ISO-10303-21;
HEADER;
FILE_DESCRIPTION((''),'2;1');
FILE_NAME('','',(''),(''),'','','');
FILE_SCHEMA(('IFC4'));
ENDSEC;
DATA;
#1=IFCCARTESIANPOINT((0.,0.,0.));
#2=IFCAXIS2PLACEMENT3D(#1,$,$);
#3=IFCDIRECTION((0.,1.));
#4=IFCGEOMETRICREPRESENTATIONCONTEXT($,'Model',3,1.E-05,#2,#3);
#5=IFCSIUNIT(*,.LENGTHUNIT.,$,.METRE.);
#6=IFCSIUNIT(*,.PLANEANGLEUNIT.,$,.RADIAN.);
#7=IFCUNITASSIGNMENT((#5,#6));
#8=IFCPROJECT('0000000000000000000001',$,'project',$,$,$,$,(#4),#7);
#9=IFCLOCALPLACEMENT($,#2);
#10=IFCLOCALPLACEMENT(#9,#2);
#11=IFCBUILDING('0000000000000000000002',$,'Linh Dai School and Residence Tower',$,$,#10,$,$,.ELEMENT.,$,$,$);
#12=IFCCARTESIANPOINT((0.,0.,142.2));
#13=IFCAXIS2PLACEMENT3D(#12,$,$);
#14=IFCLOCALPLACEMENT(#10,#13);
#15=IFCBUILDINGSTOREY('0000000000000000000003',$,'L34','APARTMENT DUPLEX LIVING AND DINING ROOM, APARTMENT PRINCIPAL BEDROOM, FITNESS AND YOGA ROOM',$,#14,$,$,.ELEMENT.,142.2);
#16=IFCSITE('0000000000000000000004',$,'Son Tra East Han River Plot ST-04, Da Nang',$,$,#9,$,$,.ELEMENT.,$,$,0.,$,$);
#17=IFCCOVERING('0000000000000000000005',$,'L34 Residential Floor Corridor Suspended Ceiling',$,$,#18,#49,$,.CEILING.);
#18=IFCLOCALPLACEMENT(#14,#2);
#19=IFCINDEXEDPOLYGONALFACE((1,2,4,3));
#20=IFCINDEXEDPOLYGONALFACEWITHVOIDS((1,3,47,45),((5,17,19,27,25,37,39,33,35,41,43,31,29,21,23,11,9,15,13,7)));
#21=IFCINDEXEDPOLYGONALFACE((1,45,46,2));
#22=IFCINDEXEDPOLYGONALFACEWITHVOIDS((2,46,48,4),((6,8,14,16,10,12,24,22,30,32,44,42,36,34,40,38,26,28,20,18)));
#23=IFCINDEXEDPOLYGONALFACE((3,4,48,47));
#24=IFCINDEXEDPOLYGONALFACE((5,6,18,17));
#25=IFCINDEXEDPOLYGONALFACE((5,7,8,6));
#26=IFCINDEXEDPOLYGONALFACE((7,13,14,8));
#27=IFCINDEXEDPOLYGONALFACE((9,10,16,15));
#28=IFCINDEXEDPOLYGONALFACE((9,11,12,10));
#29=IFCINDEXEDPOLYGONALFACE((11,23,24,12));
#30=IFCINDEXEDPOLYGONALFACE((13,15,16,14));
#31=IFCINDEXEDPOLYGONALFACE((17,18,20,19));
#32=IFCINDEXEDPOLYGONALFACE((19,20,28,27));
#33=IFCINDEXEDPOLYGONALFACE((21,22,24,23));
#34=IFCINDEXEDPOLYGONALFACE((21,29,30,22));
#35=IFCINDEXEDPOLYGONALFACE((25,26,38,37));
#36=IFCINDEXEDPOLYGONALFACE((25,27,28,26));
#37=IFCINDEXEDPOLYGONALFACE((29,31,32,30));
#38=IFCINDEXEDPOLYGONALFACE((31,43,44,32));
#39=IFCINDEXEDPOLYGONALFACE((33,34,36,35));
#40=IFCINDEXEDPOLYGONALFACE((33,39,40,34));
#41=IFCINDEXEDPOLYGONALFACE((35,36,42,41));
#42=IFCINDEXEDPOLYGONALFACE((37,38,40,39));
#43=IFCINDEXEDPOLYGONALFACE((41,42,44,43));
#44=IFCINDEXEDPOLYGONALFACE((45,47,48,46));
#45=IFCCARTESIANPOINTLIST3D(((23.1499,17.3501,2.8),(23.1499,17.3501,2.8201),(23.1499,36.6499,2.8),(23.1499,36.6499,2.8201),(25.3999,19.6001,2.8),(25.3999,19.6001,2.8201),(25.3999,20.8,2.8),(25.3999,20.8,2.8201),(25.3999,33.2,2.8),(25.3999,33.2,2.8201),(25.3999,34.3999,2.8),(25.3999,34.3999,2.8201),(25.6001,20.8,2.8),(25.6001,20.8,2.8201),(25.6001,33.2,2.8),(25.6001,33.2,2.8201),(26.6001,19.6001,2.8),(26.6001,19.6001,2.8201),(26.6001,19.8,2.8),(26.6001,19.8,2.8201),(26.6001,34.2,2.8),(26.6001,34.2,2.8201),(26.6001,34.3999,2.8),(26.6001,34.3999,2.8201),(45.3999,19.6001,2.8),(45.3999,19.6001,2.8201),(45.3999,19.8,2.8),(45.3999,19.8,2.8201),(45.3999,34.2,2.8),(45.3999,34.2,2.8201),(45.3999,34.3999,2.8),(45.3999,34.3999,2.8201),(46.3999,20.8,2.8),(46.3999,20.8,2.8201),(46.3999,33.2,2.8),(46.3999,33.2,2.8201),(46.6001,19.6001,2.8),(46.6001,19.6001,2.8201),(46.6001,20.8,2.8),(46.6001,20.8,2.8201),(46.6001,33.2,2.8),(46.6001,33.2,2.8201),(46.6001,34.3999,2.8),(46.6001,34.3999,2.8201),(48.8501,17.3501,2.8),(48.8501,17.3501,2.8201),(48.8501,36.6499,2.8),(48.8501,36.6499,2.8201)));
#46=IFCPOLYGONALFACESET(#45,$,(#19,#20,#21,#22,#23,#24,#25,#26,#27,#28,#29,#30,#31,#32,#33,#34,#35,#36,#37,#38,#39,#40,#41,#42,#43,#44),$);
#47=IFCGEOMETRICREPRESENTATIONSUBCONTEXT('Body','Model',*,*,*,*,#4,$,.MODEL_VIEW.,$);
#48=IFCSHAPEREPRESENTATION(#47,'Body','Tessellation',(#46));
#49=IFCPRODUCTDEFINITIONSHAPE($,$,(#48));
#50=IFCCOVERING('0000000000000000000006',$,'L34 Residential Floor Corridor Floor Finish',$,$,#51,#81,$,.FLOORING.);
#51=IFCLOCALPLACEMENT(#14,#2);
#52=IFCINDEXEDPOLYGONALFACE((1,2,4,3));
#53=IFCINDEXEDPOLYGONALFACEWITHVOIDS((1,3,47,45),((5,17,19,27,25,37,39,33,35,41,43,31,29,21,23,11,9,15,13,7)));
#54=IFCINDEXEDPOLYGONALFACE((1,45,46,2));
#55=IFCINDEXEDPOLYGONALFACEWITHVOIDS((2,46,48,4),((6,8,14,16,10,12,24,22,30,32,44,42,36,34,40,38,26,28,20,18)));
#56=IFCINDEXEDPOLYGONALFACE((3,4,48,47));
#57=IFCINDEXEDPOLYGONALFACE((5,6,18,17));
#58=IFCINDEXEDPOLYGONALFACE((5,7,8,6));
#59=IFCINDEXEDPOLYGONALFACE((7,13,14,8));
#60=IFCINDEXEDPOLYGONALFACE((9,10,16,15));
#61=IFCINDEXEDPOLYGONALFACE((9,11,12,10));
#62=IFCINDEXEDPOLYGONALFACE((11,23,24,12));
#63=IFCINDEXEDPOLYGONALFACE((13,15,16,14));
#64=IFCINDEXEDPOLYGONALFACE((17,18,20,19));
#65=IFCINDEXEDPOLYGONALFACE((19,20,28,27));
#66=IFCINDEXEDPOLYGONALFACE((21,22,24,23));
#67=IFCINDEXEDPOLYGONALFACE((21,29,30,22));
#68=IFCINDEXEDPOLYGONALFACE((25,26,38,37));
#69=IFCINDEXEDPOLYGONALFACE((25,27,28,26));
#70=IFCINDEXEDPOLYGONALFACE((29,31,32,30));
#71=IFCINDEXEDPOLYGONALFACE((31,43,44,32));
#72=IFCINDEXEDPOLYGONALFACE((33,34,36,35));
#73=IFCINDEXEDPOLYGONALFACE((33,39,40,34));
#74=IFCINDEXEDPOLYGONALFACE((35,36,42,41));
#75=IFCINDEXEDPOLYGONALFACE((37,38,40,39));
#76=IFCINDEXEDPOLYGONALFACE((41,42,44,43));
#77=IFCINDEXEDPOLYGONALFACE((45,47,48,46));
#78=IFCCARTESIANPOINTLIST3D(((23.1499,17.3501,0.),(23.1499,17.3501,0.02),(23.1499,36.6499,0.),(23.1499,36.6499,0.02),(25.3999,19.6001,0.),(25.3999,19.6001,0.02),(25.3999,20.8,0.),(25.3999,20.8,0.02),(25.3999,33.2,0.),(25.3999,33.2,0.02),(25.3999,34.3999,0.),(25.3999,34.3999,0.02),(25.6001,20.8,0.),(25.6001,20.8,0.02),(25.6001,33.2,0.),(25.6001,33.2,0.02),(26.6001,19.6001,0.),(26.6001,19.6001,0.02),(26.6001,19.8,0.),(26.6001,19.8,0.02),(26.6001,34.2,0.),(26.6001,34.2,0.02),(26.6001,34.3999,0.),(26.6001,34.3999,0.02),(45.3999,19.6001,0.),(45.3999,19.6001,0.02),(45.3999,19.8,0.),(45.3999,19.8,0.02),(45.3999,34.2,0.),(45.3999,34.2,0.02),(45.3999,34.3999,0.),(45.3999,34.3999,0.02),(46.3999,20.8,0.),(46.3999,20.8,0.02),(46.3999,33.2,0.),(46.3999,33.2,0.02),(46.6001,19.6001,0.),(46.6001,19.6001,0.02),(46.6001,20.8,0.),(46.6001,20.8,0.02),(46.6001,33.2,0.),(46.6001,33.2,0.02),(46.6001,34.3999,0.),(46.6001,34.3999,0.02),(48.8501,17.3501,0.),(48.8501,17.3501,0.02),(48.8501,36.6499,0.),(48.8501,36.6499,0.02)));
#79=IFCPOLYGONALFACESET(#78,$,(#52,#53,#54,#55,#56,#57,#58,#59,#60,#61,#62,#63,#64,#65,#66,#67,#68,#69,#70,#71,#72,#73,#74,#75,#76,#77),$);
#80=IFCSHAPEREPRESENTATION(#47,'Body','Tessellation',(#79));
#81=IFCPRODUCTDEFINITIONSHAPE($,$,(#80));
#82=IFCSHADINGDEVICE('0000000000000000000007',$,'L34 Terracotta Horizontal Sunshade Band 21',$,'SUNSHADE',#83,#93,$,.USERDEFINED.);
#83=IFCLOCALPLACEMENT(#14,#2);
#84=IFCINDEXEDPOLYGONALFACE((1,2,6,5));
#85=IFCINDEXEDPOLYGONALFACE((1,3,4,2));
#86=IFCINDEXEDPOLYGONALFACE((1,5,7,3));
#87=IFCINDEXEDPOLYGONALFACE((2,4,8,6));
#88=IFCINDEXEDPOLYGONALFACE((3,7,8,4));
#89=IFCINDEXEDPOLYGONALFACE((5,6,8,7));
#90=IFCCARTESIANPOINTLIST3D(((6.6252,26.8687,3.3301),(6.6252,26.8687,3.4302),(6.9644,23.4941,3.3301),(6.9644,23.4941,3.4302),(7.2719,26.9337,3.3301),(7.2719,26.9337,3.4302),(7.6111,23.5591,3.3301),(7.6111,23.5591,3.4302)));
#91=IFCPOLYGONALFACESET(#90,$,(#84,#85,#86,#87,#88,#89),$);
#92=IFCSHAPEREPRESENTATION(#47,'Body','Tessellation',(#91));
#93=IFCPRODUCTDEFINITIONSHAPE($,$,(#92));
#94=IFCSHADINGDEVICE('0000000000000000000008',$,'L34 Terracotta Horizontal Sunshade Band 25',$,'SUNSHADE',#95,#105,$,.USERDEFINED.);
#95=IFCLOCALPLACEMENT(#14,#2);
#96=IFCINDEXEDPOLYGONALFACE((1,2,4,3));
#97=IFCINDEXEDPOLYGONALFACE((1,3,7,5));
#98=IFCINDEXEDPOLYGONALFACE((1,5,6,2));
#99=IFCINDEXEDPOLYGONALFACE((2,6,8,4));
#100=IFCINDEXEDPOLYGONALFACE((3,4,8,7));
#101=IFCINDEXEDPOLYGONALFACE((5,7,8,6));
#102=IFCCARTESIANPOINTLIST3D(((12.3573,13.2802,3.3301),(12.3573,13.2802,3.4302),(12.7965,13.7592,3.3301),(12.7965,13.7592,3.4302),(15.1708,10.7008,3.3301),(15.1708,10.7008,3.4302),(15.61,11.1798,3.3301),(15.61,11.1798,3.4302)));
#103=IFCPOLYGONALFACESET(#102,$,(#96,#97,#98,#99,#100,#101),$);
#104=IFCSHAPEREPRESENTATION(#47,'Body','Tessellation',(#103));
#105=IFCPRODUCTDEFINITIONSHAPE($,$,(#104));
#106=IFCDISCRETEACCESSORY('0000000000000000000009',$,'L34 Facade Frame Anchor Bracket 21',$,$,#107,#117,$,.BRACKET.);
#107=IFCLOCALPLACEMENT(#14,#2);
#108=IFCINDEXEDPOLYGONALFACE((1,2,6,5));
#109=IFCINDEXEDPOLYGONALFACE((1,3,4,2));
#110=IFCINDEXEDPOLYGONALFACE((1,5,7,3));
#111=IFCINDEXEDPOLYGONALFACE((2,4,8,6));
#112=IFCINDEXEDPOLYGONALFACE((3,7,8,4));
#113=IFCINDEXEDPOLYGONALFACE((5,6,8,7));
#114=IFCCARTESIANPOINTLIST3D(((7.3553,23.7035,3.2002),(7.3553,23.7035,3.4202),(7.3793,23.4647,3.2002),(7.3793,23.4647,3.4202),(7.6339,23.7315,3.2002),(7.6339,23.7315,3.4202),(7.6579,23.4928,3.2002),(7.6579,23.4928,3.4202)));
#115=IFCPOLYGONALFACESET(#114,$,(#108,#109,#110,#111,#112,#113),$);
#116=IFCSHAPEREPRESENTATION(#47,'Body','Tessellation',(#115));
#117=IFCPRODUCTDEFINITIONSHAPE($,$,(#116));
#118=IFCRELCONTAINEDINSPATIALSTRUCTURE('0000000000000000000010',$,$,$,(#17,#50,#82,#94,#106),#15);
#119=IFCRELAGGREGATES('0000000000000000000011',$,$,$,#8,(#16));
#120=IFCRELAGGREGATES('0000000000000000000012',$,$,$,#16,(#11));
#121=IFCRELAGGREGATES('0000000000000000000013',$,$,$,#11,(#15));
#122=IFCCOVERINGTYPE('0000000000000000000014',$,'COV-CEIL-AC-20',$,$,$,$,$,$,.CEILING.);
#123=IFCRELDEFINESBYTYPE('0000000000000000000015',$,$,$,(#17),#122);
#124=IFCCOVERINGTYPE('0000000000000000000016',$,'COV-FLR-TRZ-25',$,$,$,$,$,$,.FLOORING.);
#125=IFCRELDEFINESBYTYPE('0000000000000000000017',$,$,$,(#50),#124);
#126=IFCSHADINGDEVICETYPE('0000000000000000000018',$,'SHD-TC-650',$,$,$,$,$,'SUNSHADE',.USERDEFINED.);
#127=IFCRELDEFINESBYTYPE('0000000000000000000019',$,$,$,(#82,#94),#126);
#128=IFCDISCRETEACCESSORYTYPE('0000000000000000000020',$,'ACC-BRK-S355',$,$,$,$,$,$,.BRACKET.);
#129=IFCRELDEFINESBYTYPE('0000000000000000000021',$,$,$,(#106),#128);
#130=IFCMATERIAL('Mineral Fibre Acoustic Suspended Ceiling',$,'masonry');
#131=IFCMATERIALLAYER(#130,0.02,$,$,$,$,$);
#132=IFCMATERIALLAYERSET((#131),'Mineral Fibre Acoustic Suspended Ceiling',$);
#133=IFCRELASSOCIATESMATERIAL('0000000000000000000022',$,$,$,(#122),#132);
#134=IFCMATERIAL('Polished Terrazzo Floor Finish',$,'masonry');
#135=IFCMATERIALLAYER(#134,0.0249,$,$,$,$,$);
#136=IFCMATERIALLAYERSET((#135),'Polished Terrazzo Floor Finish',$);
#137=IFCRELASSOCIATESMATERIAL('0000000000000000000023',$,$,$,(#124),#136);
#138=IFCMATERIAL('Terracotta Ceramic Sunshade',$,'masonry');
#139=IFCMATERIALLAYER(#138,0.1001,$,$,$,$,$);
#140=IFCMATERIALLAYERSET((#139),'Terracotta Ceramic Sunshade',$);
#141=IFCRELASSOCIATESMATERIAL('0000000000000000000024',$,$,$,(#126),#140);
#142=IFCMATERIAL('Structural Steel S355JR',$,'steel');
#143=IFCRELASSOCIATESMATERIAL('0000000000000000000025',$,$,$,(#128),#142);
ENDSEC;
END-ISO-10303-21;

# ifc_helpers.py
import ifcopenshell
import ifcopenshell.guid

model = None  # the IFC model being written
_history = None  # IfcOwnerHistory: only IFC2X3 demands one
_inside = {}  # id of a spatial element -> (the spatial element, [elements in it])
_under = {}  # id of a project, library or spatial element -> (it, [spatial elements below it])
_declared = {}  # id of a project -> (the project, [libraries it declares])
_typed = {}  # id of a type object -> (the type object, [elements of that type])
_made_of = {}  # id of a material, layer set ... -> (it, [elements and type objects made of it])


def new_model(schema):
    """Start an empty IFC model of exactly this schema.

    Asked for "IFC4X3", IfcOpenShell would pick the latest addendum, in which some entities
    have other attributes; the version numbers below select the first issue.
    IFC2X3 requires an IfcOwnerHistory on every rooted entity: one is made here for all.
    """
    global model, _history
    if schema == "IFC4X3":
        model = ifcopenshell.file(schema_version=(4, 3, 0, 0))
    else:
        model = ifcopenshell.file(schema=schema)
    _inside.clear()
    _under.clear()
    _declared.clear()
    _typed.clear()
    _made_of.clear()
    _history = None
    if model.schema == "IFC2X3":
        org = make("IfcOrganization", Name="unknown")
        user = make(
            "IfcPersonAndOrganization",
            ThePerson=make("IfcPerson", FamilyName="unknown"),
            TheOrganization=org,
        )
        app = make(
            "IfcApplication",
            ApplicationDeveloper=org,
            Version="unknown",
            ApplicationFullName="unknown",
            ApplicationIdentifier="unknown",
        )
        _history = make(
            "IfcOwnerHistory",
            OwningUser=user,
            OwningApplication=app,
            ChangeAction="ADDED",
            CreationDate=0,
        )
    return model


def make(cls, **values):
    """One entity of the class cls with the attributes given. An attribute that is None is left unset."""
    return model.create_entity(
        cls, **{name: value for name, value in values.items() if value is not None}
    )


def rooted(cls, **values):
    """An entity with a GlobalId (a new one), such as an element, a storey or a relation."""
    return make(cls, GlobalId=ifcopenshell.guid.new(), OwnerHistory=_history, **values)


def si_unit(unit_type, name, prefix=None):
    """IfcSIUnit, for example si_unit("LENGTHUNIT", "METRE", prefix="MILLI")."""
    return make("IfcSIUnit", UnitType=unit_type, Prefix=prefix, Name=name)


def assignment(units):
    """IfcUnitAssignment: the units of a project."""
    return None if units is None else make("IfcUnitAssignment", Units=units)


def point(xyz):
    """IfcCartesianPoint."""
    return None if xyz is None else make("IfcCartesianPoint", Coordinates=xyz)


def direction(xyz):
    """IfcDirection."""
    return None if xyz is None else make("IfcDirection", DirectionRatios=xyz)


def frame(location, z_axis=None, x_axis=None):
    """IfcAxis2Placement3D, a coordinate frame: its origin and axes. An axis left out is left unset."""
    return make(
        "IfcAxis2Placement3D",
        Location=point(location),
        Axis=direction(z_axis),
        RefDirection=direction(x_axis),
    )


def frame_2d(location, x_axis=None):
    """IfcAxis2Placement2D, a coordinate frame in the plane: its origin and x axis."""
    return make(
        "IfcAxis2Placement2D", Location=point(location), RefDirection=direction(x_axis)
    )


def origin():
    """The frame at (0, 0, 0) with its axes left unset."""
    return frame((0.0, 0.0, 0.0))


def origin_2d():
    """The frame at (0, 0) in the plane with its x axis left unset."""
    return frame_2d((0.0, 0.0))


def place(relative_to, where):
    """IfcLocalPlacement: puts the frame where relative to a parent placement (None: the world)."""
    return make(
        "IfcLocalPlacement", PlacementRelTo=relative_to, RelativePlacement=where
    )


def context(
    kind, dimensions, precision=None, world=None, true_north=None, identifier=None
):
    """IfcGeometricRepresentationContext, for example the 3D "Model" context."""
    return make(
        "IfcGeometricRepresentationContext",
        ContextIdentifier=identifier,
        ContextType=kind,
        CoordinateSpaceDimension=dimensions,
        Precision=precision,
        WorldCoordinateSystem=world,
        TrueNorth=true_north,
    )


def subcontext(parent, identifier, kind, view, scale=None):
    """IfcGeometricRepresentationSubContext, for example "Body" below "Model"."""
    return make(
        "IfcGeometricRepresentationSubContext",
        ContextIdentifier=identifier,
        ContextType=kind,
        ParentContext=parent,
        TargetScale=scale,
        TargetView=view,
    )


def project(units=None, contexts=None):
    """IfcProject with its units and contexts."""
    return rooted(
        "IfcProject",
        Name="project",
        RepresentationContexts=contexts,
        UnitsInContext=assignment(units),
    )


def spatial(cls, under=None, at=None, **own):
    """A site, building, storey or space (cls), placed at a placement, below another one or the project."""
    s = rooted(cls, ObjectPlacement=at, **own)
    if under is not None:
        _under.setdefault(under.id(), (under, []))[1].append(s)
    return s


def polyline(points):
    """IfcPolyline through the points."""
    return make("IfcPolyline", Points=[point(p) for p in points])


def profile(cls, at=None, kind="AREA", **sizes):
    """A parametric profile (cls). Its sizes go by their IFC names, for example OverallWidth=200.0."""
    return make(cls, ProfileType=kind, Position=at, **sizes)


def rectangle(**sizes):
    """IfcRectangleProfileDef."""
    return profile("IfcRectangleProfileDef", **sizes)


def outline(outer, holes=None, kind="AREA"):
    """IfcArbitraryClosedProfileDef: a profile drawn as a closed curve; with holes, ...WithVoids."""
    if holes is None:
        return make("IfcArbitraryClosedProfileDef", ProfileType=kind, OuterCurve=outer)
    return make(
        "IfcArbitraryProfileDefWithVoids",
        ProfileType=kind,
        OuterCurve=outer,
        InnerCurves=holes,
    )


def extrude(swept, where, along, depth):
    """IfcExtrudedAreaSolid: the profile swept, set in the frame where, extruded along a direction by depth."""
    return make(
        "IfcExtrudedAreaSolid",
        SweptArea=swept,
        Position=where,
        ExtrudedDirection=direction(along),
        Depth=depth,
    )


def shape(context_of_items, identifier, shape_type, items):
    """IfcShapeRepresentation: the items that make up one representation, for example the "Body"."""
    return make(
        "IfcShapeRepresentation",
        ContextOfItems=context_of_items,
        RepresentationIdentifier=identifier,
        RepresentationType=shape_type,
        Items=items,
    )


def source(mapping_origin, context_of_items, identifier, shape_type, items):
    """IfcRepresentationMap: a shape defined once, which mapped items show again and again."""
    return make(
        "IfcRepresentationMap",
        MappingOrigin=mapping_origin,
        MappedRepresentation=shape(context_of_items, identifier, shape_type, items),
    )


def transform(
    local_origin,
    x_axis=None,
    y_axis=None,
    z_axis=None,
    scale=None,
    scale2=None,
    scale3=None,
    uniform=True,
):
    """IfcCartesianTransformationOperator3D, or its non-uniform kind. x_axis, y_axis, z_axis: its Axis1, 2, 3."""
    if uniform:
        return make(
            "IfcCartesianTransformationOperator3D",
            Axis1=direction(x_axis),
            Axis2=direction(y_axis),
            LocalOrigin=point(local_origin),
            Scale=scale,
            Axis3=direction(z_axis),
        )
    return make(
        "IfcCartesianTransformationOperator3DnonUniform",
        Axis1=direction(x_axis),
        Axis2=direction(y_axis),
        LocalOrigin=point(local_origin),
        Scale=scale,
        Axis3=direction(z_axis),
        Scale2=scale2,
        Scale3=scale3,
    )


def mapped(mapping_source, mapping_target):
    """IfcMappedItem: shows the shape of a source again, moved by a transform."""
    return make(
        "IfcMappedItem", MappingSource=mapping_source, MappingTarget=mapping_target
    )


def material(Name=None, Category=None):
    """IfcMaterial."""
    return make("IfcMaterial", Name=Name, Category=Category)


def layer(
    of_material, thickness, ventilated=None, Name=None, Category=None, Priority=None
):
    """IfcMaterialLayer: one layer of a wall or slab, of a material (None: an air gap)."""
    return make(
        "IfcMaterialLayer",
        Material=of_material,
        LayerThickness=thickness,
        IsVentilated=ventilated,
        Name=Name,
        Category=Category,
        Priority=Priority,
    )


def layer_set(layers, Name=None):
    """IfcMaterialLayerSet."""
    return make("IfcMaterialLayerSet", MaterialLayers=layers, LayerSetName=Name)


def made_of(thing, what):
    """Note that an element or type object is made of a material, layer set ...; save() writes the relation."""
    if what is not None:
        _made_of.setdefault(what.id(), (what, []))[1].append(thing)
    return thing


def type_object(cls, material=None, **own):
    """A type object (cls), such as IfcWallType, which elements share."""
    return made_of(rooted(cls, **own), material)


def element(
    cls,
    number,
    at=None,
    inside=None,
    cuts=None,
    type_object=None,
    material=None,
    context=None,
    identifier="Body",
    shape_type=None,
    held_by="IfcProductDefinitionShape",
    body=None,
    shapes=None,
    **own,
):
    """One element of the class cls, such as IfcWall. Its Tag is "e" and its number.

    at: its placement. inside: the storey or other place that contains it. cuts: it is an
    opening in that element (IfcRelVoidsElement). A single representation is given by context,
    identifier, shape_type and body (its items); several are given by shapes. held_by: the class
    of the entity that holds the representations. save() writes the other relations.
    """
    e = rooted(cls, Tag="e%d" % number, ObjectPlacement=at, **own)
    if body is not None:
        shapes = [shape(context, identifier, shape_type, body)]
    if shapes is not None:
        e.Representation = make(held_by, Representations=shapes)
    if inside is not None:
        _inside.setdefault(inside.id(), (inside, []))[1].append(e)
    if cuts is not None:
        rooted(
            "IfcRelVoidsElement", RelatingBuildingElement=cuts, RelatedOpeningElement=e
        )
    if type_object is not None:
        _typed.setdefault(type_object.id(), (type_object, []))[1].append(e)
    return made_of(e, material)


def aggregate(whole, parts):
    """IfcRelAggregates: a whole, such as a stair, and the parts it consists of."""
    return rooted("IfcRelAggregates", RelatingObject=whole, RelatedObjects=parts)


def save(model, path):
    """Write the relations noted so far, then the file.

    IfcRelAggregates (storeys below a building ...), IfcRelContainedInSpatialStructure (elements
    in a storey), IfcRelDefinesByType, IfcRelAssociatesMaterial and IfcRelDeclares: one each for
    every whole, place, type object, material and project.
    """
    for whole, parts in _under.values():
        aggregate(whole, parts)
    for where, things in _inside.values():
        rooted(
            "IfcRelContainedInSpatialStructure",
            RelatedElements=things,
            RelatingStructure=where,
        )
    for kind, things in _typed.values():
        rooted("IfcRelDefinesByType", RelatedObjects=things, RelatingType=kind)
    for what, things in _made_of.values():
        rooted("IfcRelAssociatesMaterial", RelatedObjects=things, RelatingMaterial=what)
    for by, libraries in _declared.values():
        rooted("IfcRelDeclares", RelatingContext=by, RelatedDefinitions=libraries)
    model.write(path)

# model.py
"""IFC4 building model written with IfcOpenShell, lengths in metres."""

from ifc_helpers import new_model, si_unit, direction, frame, origin, origin_2d, place, context, subcontext, project, spatial, polyline, rectangle, outline, extrude, source, transform, mapped, material, layer, layer_set, type_object, element, save


model = new_model("IFC4")

# Units and contexts
model_context = context("Model", 3, precision=1e-05, world=origin(), true_north=direction((0.0, 1.0)))
body_context = subcontext(model_context, "Body", "Model", "MODEL_VIEW")
ifc_project = project(units=[si_unit("LENGTHUNIT", "METRE"), si_unit("PLANEANGLEUNIT", "RADIAN")], contexts=[model_context])

# Site, building, storey
site_placement = place(None, origin())
site = spatial("IfcSite", under=ifc_project, at=site_placement, Name="Son Tra East Han River Plot ST-04, Da Nang", CompositionType="ELEMENT", RefElevation=0.0)
building_placement = place(site_placement, origin())
building = spatial("IfcBuilding", under=site, at=building_placement, Name="Linh Dai School and Residence Tower", CompositionType="ELEMENT")
storey_placement = place(building_placement, frame((0.0, 0.0, 142.2)))
storey = spatial("IfcBuildingStorey", under=building, at=storey_placement, Name="L34", Description="APARTMENT DUPLEX LIVING AND DINING ROOM, APARTMENT PRINCIPAL BEDROOM, FITNESS AND YOGA ROOM", CompositionType="ELEMENT", Elevation=142.2)

# Shared definitions
ifc_material_1 = material(Name="Structural Steel S355JR", Category="steel")

# Coverings
ifc_material_2 = material(Name="Mineral Fibre Acoustic Suspended Ceiling", Category="masonry")
ifc_layer_1 = layer(ifc_material_2, 0.02)
ifc_layer_set_1 = layer_set([ifc_layer_1], Name="Mineral Fibre Acoustic Suspended Ceiling")
covering_type_1 = type_object("IfcCoveringType", Name="COV-CEIL-AC-20", PredefinedType="CEILING", material=ifc_layer_set_1)
covering_1_placement = place(storey_placement, frame((0.0, 0.0, 2.8)))
element("IfcCovering", 1, at=covering_1_placement, inside=storey, type_object=covering_type_1, Name="L34 Residential Floor Corridor Suspended Ceiling", PredefinedType="CEILING", context=body_context, shape_type="SweptSolid", body=[
    extrude(outline(polyline([(48.8501, 36.6499), (48.8501, 17.3501), (23.1499, 17.3501), (23.1499, 36.6499), (48.8501, 36.6499)]), holes=[polyline([(26.6001, 34.2), (26.6001, 34.3999), (25.3999, 34.3999), (25.3999, 33.2), (25.6001, 33.2), (25.6001, 20.8), (25.3999, 20.8), (25.3999, 19.6001), (26.6001, 19.6001), (26.6001, 19.8), (45.3999, 19.8), (45.3999, 19.6001), (46.6001, 19.6001), (46.6001, 20.8), (46.3999, 20.8), (46.3999, 33.2), (46.6001, 33.2), (46.6001, 34.3999), (45.3999, 34.3999), (45.3999, 34.2), (26.6001, 34.2)])]), origin(), (0.0, 0.0, 1.0), 0.02),
])
ifc_material_3 = material(Name="Polished Terrazzo Floor Finish", Category="masonry")
ifc_layer_2 = layer(ifc_material_3, 0.0249)
ifc_layer_set_2 = layer_set([ifc_layer_2], Name="Polished Terrazzo Floor Finish")
covering_type_2 = type_object("IfcCoveringType", Name="COV-FLR-TRZ-25", PredefinedType="FLOORING", material=ifc_layer_set_2)
covering_2_placement = place(storey_placement, origin())
element("IfcCovering", 2, at=covering_2_placement, inside=storey, type_object=covering_type_2, Name="L34 Residential Floor Corridor Floor Finish", PredefinedType="FLOORING", context=body_context, shape_type="SweptSolid", body=[
    extrude(outline(polyline([(48.8501, 36.6499), (48.8501, 17.3501), (23.1499, 17.3501), (23.1499, 36.6499), (48.8501, 36.6499)]), holes=[polyline([(26.6001, 34.2), (26.6001, 34.3999), (25.3999, 34.3999), (25.3999, 33.2), (25.6001, 33.2), (25.6001, 20.8), (25.3999, 20.8), (25.3999, 19.6001), (26.6001, 19.6001), (26.6001, 19.8), (45.3999, 19.8), (45.3999, 19.6001), (46.6001, 19.6001), (46.6001, 20.8), (46.3999, 20.8), (46.3999, 33.2), (46.6001, 33.2), (46.6001, 34.3999), (45.3999, 34.3999), (45.3999, 34.2), (26.6001, 34.2)])]), origin(), (0.0, 0.0, 1.0), 0.02),
])

# Shading devices
ifc_material_4 = material(Name="Terracotta Ceramic Sunshade", Category="masonry")
ifc_layer_3 = layer(ifc_material_4, 0.1001)
ifc_layer_set_3 = layer_set([ifc_layer_3], Name="Terracotta Ceramic Sunshade")
shading_device_type = type_object("IfcShadingDeviceType", Name="SHD-TC-650", ElementType="SUNSHADE", PredefinedType="USERDEFINED", material=ifc_layer_set_3)
shared_shape_1 = source(origin(), body_context, "Body", "SweptSolid", [
    extrude(rectangle(XDim=3.3916, YDim=0.6499, at=origin_2d()), origin(), (0.0, 0.0, 1.0), 0.1001),
])
shading_device_1_placement = place(storey_placement, frame((7.1182, 25.2139, 3.3301), z_axis=(0.0, 0.0, 1.0), x_axis=(-0.100007, 0.994987, 0.0)))
element("IfcShadingDevice", 3, at=shading_device_1_placement, inside=storey, type_object=shading_device_type, Name="L34 Terracotta Horizontal Sunshade Band 21", ObjectType="SUNSHADE", PredefinedType="USERDEFINED", context=body_context, shape_type="MappedRepresentation", body=[
    mapped(shared_shape_1, transform((0.0, 0.0, 0.0), x_axis=(1.0, 0.0, 0.0), y_axis=(0.0, 1.0, 0.0), z_axis=(0.0, 0.0, 1.0), scale=1.0)),
])
shared_shape_2 = source(origin(), body_context, "Body", "SweptSolid", [
    extrude(rectangle(XDim=3.8169, YDim=0.6499, at=origin_2d()), origin(), (0.0, 0.0, 1.0), 0.1001),
])
shading_device_2_placement = place(storey_placement, frame((13.9836, 12.23, 3.3301), z_axis=(0.0, 0.0, 1.0), x_axis=(-0.7371, 0.675783, 0.0)))
element("IfcShadingDevice", 4, at=shading_device_2_placement, inside=storey, type_object=shading_device_type, Name="L34 Terracotta Horizontal Sunshade Band 25", ObjectType="SUNSHADE", PredefinedType="USERDEFINED", context=body_context, shape_type="MappedRepresentation", body=[
    mapped(shared_shape_2, transform((0.0, 0.0, 0.0), x_axis=(1.0, 0.0, 0.0), y_axis=(0.0, 1.0, 0.0), z_axis=(0.0, 0.0, 1.0), scale=1.0)),
])

# Discrete accessory
discrete_accessory_type = type_object("IfcDiscreteAccessoryType", Name="ACC-BRK-S355", PredefinedType="BRACKET", material=ifc_material_1)
shared_shape_3 = source(origin(), body_context, "Body", "SweptSolid", [
    extrude(rectangle(XDim=0.28, YDim=0.24, at=origin_2d()), origin(), (0.0, 0.0, 1.0), 0.22),
])
discrete_accessory_placement = place(storey_placement, frame((7.5066, 23.5981, 3.2002), z_axis=(0.0, 0.0, 1.0), x_axis=(-0.994987, -0.100007, 0.0)))
element("IfcDiscreteAccessory", 5, at=discrete_accessory_placement, inside=storey, type_object=discrete_accessory_type, Name="L34 Facade Frame Anchor Bracket 21", PredefinedType="BRACKET", context=body_context, shape_type="MappedRepresentation", body=[
    mapped(shared_shape_3, transform((0.0, 0.0, 0.0), x_axis=(1.0, 0.0, 0.0), y_axis=(0.0, 1.0, 0.0), z_axis=(0.0, 0.0, 1.0), scale=1.0)),
])

save(model, "model.ifc")
